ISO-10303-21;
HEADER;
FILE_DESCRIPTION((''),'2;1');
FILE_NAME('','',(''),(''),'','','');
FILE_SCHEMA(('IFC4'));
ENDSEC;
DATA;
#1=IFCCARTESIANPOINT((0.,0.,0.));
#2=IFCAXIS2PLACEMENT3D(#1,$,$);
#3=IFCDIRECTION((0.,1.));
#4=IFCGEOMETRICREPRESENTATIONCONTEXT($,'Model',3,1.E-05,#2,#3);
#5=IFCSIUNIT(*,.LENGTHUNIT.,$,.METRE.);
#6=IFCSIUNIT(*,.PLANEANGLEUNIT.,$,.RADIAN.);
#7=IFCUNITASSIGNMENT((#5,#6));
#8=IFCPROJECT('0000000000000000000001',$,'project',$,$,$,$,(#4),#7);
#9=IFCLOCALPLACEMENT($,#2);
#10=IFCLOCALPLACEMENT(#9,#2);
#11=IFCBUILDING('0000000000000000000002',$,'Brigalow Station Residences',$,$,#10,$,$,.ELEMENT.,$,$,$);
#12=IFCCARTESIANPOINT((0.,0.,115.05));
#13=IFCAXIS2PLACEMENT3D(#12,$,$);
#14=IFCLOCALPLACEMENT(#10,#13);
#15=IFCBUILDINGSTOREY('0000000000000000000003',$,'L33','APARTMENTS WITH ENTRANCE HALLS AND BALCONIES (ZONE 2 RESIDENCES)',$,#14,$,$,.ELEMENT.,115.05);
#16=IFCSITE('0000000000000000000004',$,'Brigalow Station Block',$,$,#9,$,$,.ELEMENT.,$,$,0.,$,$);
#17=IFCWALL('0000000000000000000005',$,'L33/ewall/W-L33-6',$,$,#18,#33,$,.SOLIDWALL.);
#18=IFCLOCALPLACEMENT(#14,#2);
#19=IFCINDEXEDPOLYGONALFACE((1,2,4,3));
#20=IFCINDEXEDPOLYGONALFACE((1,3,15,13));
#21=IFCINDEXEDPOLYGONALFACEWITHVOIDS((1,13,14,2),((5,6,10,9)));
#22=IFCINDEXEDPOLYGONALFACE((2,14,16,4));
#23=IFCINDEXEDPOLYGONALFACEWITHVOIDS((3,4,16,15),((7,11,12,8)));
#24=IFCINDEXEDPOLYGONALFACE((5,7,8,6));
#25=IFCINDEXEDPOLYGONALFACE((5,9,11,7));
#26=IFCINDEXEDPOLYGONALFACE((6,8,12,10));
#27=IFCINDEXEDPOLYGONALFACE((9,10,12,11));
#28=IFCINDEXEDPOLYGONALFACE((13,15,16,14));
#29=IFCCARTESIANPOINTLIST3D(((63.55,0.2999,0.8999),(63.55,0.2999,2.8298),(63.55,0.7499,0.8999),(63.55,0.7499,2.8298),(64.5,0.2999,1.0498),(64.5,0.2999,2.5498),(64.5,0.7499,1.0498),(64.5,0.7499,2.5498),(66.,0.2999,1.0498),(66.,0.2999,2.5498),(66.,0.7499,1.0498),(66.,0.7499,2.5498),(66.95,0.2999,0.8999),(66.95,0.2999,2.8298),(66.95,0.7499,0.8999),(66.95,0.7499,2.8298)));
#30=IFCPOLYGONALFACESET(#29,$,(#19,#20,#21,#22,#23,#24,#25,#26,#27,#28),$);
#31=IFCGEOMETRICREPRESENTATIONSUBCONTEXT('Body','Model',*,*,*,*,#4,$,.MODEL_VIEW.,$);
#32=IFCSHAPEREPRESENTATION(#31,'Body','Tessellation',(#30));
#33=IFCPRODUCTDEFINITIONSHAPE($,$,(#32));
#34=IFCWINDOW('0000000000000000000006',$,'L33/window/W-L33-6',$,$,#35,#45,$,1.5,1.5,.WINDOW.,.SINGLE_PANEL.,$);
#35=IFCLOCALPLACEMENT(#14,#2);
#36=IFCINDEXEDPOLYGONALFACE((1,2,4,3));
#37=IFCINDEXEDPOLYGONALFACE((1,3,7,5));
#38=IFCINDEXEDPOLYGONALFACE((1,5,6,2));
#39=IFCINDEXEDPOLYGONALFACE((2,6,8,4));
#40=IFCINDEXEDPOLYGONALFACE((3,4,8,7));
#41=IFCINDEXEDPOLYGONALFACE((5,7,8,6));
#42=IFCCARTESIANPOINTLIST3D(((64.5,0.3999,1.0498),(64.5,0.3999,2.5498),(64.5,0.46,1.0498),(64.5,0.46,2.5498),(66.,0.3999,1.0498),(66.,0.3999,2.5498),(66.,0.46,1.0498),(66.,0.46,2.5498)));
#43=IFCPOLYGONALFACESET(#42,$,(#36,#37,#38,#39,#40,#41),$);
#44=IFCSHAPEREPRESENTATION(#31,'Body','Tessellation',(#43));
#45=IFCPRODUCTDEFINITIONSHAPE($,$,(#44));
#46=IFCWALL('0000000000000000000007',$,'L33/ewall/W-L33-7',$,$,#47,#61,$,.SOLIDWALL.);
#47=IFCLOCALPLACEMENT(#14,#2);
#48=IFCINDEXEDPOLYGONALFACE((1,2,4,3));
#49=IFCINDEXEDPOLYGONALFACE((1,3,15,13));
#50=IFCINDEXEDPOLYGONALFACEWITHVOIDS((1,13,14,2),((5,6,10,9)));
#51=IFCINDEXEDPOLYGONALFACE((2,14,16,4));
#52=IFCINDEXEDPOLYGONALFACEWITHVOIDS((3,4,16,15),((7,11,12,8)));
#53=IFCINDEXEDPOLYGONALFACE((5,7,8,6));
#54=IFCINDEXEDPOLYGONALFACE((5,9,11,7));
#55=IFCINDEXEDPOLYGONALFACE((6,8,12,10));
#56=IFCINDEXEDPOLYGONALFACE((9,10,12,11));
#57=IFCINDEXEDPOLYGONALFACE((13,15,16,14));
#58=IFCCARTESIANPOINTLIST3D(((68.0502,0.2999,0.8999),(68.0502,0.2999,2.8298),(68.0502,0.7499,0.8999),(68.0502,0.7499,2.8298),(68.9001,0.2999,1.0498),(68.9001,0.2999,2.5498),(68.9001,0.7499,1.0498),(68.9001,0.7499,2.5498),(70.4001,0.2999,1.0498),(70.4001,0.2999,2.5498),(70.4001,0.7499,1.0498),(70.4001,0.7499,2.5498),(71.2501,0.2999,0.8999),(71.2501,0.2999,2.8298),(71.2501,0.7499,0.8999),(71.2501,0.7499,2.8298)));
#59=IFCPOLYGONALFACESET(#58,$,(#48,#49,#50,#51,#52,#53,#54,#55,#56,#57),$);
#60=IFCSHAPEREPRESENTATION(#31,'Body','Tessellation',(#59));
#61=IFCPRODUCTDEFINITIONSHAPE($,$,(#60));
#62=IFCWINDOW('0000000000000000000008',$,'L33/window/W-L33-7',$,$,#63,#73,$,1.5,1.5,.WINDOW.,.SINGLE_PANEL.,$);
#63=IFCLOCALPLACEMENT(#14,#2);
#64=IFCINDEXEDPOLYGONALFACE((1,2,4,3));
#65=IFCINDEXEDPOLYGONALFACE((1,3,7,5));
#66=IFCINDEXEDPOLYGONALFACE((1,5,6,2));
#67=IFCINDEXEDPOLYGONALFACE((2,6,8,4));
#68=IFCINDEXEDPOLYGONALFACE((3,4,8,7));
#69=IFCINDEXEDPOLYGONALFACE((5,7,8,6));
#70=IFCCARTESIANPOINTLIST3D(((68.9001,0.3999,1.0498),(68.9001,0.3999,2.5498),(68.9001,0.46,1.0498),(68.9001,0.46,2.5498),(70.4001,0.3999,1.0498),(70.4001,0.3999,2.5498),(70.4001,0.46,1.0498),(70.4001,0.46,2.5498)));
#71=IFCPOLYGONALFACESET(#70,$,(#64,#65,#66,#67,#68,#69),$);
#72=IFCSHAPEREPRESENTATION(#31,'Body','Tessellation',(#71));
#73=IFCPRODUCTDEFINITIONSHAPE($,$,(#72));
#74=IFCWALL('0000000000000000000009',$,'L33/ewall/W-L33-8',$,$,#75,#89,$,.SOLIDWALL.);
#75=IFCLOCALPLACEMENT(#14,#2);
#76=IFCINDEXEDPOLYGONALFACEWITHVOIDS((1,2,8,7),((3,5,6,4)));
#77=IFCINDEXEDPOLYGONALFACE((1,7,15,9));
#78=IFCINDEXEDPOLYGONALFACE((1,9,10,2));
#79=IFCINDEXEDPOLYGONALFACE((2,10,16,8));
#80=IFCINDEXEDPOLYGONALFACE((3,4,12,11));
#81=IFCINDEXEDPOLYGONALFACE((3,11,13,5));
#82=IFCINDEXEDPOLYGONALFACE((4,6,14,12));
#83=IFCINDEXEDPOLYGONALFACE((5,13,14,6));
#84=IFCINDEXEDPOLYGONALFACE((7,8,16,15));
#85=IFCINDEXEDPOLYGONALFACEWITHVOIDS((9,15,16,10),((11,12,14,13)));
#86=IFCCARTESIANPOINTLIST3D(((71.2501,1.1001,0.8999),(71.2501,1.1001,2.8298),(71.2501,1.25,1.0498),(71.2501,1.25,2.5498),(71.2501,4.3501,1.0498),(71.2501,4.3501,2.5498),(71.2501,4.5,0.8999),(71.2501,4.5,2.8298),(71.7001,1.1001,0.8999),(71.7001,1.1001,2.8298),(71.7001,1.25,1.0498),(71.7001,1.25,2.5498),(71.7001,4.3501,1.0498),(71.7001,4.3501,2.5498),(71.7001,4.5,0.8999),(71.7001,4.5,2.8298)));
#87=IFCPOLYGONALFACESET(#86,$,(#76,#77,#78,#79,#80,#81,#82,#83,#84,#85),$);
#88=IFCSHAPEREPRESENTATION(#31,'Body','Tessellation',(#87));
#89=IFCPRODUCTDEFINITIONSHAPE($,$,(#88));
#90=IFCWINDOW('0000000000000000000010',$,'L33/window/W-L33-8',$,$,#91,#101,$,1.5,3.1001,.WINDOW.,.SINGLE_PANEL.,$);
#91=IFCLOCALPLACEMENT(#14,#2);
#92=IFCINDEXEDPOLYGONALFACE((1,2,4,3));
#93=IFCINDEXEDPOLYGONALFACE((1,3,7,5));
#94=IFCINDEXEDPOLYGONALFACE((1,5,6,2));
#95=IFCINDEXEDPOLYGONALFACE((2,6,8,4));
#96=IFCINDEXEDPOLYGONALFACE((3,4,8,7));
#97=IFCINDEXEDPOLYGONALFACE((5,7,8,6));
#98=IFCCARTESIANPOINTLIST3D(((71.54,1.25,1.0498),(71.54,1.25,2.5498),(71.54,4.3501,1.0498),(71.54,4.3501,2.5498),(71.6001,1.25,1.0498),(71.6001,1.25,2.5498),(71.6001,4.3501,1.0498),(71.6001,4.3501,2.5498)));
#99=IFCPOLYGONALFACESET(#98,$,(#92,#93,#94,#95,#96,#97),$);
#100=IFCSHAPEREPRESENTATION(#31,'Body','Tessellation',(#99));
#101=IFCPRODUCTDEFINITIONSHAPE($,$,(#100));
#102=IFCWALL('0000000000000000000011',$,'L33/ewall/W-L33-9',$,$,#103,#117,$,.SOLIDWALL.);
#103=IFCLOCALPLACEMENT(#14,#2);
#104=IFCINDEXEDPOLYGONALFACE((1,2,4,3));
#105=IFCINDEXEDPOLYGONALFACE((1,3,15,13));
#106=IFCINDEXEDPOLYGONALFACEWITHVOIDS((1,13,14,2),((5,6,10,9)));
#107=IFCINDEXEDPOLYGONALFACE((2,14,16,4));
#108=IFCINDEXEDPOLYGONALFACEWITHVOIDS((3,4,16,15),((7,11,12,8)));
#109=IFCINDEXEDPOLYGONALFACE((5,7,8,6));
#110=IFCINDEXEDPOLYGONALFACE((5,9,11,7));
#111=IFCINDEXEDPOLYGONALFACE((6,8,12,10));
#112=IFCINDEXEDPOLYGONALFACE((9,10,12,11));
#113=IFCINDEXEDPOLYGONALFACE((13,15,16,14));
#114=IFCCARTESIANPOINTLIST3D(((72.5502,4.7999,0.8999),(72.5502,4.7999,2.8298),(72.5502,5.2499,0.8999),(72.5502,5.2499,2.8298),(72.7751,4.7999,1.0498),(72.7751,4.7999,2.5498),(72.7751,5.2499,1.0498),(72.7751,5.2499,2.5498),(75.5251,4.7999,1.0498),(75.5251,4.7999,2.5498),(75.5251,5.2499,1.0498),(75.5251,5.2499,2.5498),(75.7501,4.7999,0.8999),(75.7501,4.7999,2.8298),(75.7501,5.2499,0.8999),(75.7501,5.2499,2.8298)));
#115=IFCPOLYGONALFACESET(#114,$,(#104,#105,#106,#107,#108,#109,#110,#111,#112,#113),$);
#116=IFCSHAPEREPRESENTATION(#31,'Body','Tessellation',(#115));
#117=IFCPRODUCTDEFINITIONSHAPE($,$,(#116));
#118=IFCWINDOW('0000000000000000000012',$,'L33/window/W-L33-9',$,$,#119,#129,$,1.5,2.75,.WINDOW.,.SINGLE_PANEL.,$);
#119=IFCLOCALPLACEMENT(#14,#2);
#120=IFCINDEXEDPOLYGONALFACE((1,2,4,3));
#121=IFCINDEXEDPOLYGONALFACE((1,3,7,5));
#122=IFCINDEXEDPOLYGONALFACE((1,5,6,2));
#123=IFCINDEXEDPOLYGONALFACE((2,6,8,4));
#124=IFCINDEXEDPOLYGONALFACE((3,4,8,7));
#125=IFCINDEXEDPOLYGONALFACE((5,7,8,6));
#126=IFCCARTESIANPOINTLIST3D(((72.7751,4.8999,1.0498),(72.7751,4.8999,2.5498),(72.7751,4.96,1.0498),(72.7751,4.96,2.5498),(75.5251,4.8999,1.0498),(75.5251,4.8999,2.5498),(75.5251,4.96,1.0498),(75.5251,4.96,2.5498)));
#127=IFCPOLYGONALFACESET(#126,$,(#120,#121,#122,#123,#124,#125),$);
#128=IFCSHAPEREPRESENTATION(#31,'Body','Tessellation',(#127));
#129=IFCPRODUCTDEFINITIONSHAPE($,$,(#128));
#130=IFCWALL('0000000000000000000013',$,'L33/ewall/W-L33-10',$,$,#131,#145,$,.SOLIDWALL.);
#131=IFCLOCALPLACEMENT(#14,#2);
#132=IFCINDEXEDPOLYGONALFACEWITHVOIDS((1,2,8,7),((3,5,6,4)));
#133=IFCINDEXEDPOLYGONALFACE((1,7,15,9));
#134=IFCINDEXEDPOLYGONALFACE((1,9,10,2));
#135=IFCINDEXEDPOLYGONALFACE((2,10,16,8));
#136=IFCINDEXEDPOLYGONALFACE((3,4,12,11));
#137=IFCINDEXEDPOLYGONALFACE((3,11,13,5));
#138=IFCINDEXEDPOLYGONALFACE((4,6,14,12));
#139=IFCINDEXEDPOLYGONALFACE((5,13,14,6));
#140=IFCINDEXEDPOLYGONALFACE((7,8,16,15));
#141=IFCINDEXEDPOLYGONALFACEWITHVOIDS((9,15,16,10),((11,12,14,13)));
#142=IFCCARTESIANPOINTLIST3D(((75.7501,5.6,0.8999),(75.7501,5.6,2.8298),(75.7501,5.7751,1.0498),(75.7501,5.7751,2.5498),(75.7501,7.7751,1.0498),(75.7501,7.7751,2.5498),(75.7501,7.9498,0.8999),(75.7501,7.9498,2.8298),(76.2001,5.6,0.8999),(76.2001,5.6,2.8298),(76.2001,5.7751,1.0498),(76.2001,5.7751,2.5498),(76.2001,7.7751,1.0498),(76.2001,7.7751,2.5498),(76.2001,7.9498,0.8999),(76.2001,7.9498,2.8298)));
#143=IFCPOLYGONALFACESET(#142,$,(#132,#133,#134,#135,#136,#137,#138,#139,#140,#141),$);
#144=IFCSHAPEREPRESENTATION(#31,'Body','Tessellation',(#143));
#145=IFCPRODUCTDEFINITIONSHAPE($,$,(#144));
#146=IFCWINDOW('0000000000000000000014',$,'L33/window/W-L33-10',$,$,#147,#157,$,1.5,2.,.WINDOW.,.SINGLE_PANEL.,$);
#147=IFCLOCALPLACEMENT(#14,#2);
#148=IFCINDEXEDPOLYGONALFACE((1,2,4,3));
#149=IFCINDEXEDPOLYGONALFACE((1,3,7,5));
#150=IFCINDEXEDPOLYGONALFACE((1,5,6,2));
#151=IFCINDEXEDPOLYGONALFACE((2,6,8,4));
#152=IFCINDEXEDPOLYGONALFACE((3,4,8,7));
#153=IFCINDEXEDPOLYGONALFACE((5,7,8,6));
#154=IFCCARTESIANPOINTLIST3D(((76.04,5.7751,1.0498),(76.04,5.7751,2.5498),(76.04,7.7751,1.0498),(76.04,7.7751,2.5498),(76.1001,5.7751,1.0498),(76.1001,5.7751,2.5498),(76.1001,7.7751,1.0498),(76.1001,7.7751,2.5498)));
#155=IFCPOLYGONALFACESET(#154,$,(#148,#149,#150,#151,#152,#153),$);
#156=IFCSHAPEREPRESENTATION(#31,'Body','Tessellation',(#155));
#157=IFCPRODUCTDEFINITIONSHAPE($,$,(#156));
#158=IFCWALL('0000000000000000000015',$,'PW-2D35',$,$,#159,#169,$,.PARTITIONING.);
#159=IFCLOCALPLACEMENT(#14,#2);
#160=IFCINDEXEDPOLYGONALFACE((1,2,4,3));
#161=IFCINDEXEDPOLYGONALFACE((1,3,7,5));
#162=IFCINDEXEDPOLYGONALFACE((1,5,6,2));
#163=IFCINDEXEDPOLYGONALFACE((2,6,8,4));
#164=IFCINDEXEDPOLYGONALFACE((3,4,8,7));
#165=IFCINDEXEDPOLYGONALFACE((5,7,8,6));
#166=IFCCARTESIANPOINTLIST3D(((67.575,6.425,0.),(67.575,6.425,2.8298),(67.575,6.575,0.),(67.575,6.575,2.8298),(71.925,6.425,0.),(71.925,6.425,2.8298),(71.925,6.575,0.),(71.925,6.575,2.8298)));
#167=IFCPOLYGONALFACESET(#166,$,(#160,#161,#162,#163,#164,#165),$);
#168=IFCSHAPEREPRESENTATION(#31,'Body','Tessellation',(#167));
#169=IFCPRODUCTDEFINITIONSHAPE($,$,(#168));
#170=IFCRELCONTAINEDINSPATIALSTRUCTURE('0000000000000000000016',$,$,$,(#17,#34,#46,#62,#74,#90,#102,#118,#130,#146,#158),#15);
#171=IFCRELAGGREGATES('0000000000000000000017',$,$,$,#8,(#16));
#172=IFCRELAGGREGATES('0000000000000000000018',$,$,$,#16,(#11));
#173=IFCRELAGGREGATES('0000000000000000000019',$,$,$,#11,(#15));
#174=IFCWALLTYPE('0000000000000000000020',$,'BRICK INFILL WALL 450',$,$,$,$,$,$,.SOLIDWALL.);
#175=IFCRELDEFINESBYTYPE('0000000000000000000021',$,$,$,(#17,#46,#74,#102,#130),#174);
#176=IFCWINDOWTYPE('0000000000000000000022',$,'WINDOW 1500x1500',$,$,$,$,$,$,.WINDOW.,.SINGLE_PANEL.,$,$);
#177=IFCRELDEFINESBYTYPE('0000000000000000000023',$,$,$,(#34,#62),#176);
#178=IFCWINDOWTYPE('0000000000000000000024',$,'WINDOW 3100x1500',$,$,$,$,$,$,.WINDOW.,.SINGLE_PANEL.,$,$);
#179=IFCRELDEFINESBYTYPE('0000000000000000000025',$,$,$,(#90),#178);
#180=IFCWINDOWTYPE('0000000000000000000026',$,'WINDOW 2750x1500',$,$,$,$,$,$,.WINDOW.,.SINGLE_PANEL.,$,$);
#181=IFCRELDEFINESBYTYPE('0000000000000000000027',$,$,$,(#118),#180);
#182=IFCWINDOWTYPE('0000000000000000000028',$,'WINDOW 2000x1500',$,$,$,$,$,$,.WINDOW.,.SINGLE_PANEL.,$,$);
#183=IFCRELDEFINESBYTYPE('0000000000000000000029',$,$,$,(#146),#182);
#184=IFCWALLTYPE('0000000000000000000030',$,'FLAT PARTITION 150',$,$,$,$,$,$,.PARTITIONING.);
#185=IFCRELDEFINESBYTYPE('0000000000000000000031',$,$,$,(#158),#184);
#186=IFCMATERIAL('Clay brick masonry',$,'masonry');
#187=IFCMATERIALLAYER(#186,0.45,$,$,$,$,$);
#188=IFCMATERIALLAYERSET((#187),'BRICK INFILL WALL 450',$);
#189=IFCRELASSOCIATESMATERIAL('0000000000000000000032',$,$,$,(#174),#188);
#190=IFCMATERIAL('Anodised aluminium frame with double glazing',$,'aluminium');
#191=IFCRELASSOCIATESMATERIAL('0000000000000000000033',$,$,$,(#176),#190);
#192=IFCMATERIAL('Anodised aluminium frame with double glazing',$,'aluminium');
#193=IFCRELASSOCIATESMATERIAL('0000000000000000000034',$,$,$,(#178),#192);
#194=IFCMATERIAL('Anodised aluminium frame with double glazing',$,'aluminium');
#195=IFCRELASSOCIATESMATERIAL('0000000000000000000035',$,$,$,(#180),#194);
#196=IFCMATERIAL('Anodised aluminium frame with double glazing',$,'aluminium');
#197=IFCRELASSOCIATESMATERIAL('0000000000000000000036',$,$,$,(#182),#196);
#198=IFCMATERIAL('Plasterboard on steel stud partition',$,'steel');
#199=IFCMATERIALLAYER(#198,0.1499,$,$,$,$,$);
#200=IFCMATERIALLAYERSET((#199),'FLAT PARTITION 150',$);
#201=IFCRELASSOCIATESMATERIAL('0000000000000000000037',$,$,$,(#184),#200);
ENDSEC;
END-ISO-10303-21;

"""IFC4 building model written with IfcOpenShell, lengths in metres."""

from ifc_helpers import new_model, si_unit, direction, frame, frame_2d, origin, place, context, subcontext, project, spatial, rectangle, extrude, material, layer, layer_set, type_object, element, fill, save


model = new_model("IFC4")

# Units and contexts
model_context = context("Model", 3, precision=1e-05, world=origin(), true_north=direction((0.0, 1.0)))
body_context = subcontext(model_context, "Body", "Model", "MODEL_VIEW")
ifc_project = project(units=[si_unit("LENGTHUNIT", "METRE"), si_unit("PLANEANGLEUNIT", "RADIAN")], contexts=[model_context])

# Site, building, storey
site_placement = place(None, origin())
site = spatial("IfcSite", under=ifc_project, at=site_placement, Name="Brigalow Station Block", CompositionType="ELEMENT", RefElevation=0.0)
building_placement = place(site_placement, origin())
building = spatial("IfcBuilding", under=site, at=building_placement, Name="Brigalow Station Residences", CompositionType="ELEMENT")
storey_placement = place(building_placement, frame((0.0, 0.0, 115.05)))
storey = spatial("IfcBuildingStorey", under=building, at=storey_placement, Name="L33", Description="APARTMENTS WITH ENTRANCE HALLS AND BALCONIES (ZONE 2 RESIDENCES)", CompositionType="ELEMENT", Elevation=115.05)

# Walls, openings, windows
ifc_material_1 = material(Name="Clay brick masonry", Category="masonry")
ifc_layer_1 = layer(ifc_material_1, 0.45)
ifc_layer_set_1 = layer_set([ifc_layer_1], Name="BRICK INFILL WALL 450")
wall_type_1 = type_object("IfcWallType", Name="BRICK INFILL WALL 450", PredefinedType="SOLIDWALL", material=ifc_layer_set_1)
ifc_material_2 = material(Name="Anodised aluminium frame with double glazing", Category="aluminium")
window_type_1 = type_object("IfcWindowType", Name="WINDOW 1500x1500", PartitioningType="SINGLE_PANEL", PredefinedType="WINDOW", material=ifc_material_2)
wall_1_placement = place(storey_placement, frame((63.55, 0.5249, 0.8999), z_axis=(0.0, 0.0, 1.0), x_axis=(1.0, 0.0, 0.0)))
wall_1 = element("IfcWall", 1, at=wall_1_placement, inside=storey, type_object=wall_type_1, Name="L33/ewall/W-L33-6", PredefinedType="SOLIDWALL", context=body_context, shape_type="SweptSolid", body=[
    extrude(rectangle(XDim=3.3999, YDim=0.45, at=frame_2d((1.7, 0.0))), origin(), (0.0, 0.0, 1.0), 1.9299),
])
opening_1_placement = place(wall_1_placement, frame((0.95, 0.0, 0.1499)))
opening_1 = element("IfcOpeningElement", 2, at=opening_1_placement, cuts=wall_1, PredefinedType="OPENING", context=body_context, shape_type="SweptSolid", body=[
    extrude(rectangle(XDim=1.5, YDim=1.5, at=frame_2d((0.75, 0.75))), frame((0.0, 0.2349, 0.0), z_axis=(0.0, -1.0, 0.0), x_axis=(1.0, 0.0, 0.0)), (0.0, 0.0, 1.0), 0.47),
])
window_1_placement = place(opening_1_placement, origin())
window_1 = element("IfcWindow", 3, at=window_1_placement, inside=storey, type_object=window_type_1, Name="L33/window/W-L33-6", OverallHeight=1.5, OverallWidth=1.5, PartitioningType="SINGLE_PANEL", PredefinedType="WINDOW", context=body_context, shape_type="SweptSolid", body=[
    extrude(rectangle(XDim=1.5, YDim=1.5, at=frame_2d((0.75, 0.75))), frame((0.0, -0.0649, 0.0), z_axis=(0.0, -1.0, 0.0), x_axis=(1.0, 0.0, 0.0)), (0.0, 0.0, 1.0), 0.0601),
])
fill(opening_1, window_1)
wall_2_placement = place(storey_placement, frame((68.05, 0.5249, 0.8999), z_axis=(0.0, 0.0, 1.0), x_axis=(1.0, 0.0, 0.0)))
wall_2 = element("IfcWall", 4, at=wall_2_placement, inside=storey, type_object=wall_type_1, Name="L33/ewall/W-L33-7", PredefinedType="SOLIDWALL", context=body_context, shape_type="SweptSolid", body=[
    extrude(rectangle(XDim=3.2, YDim=0.45, at=frame_2d((1.6001, 0.0))), origin(), (0.0, 0.0, 1.0), 1.9299),
])
opening_2_placement = place(wall_2_placement, frame((0.8501, 0.0, 0.1499)))
opening_2 = element("IfcOpeningElement", 5, at=opening_2_placement, cuts=wall_2, PredefinedType="OPENING", context=body_context, shape_type="SweptSolid", body=[
    extrude(rectangle(XDim=1.5, YDim=1.5, at=frame_2d((0.75, 0.75))), frame((0.0, 0.2349, 0.0), z_axis=(0.0, -1.0, 0.0), x_axis=(1.0, 0.0, 0.0)), (0.0, 0.0, 1.0), 0.47),
])
window_2_placement = place(opening_2_placement, origin())
window_2 = element("IfcWindow", 6, at=window_2_placement, inside=storey, type_object=window_type_1, Name="L33/window/W-L33-7", OverallHeight=1.5, OverallWidth=1.5, PartitioningType="SINGLE_PANEL", PredefinedType="WINDOW", context=body_context, shape_type="SweptSolid", body=[
    extrude(rectangle(XDim=1.5, YDim=1.5, at=frame_2d((0.75, 0.75))), frame((0.0, -0.0649, 0.0), z_axis=(0.0, -1.0, 0.0), x_axis=(1.0, 0.0, 0.0)), (0.0, 0.0, 1.0), 0.0601),
])
fill(opening_2, window_2)
wall_3_placement = place(storey_placement, frame((71.4751, 1.1001, 0.8999), z_axis=(0.0, 0.0, 1.0), x_axis=(0.0, 1.0, 0.0)))
wall_3 = element("IfcWall", 7, at=wall_3_placement, inside=storey, type_object=wall_type_1, Name="L33/ewall/W-L33-8", PredefinedType="SOLIDWALL", context=body_context, shape_type="SweptSolid", body=[
    extrude(rectangle(XDim=3.3999, YDim=0.45, at=frame_2d((1.7, 0.0))), origin(), (0.0, 0.0, 1.0), 1.9299),
])
opening_3_placement = place(wall_3_placement, frame((0.1499, 0.0, 0.1499)))
opening_3 = element("IfcOpeningElement", 8, at=opening_3_placement, cuts=wall_3, PredefinedType="OPENING", context=body_context, shape_type="SweptSolid", body=[
    extrude(rectangle(XDim=3.1001, YDim=1.5, at=frame_2d((1.55, 0.75))), frame((0.0, 0.2349, 0.0), z_axis=(0.0, -1.0, 0.0), x_axis=(1.0, 0.0, 0.0)), (0.0, 0.0, 1.0), 0.47),
])
ifc_material_3 = material(Name="Anodised aluminium frame with double glazing", Category="aluminium")
window_type_2 = type_object("IfcWindowType", Name="WINDOW 3100x1500", PartitioningType="SINGLE_PANEL", PredefinedType="WINDOW", material=ifc_material_3)
window_3_placement = place(opening_3_placement, origin())
window_3 = element("IfcWindow", 9, at=window_3_placement, inside=storey, type_object=window_type_2, Name="L33/window/W-L33-8", OverallHeight=1.5, OverallWidth=3.1001, PartitioningType="SINGLE_PANEL", PredefinedType="WINDOW", context=body_context, shape_type="SweptSolid", body=[
    extrude(rectangle(XDim=3.1001, YDim=1.5, at=frame_2d((1.55, 0.75))), frame((0.0, -0.0649, 0.0), z_axis=(0.0, -1.0, 0.0), x_axis=(1.0, 0.0, 0.0)), (0.0, 0.0, 1.0), 0.0601),
])
fill(opening_3, window_3)
wall_4_placement = place(storey_placement, frame((72.55, 5.0249, 0.8999), z_axis=(0.0, 0.0, 1.0), x_axis=(1.0, 0.0, 0.0)))
wall_4 = element("IfcWall", 10, at=wall_4_placement, inside=storey, type_object=wall_type_1, Name="L33/ewall/W-L33-9", PredefinedType="SOLIDWALL", context=body_context, shape_type="SweptSolid", body=[
    extrude(rectangle(XDim=3.2, YDim=0.45, at=frame_2d((1.6001, 0.0))), origin(), (0.0, 0.0, 1.0), 1.9299),
])
opening_4_placement = place(wall_4_placement, frame((0.2251, 0.0, 0.1499)))
opening_4 = element("IfcOpeningElement", 11, at=opening_4_placement, cuts=wall_4, PredefinedType="OPENING", context=body_context, shape_type="SweptSolid", body=[
    extrude(rectangle(XDim=2.75, YDim=1.5, at=frame_2d((1.375, 0.75))), frame((0.0, 0.2349, 0.0), z_axis=(0.0, -1.0, 0.0), x_axis=(1.0, 0.0, 0.0)), (0.0, 0.0, 1.0), 0.47),
])
ifc_material_4 = material(Name="Anodised aluminium frame with double glazing", Category="aluminium")
window_type_3 = type_object("IfcWindowType", Name="WINDOW 2750x1500", PartitioningType="SINGLE_PANEL", PredefinedType="WINDOW", material=ifc_material_4)
window_4_placement = place(opening_4_placement, origin())
window_4 = element("IfcWindow", 12, at=window_4_placement, inside=storey, type_object=window_type_3, Name="L33/window/W-L33-9", OverallHeight=1.5, OverallWidth=2.75, PartitioningType="SINGLE_PANEL", PredefinedType="WINDOW", context=body_context, shape_type="SweptSolid", body=[
    extrude(rectangle(XDim=2.75, YDim=1.5, at=frame_2d((1.375, 0.75))), frame((0.0, -0.0649, 0.0), z_axis=(0.0, -1.0, 0.0), x_axis=(1.0, 0.0, 0.0)), (0.0, 0.0, 1.0), 0.0601),
])
fill(opening_4, window_4)
wall_5_placement = place(storey_placement, frame((75.9751, 5.6001, 0.8999), z_axis=(0.0, 0.0, 1.0), x_axis=(0.0, 1.0, 0.0)))
wall_5 = element("IfcWall", 13, at=wall_5_placement, inside=storey, type_object=wall_type_1, Name="L33/ewall/W-L33-10", PredefinedType="SOLIDWALL", context=body_context, shape_type="SweptSolid", body=[
    extrude(rectangle(XDim=2.3499, YDim=0.45, at=frame_2d((1.1748, 0.0))), origin(), (0.0, 0.0, 1.0), 1.9299),
])
opening_5_placement = place(wall_5_placement, frame((0.175, 0.0, 0.1499)))
opening_5 = element("IfcOpeningElement", 14, at=opening_5_placement, cuts=wall_5, PredefinedType="OPENING", context=body_context, shape_type="SweptSolid", body=[
    extrude(rectangle(XDim=2.0, YDim=1.5, at=frame_2d((1.0, 0.75))), frame((0.0, 0.2349, 0.0), z_axis=(0.0, -1.0, 0.0), x_axis=(1.0, 0.0, 0.0)), (0.0, 0.0, 1.0), 0.47),
])
ifc_material_5 = material(Name="Anodised aluminium frame with double glazing", Category="aluminium")
window_type_4 = type_object("IfcWindowType", Name="WINDOW 2000x1500", PartitioningType="SINGLE_PANEL", PredefinedType="WINDOW", material=ifc_material_5)
window_5_placement = place(opening_5_placement, origin())
window_5 = element("IfcWindow", 15, at=window_5_placement, inside=storey, type_object=window_type_4, Name="L33/window/W-L33-10", OverallHeight=1.5, OverallWidth=2.0, PartitioningType="SINGLE_PANEL", PredefinedType="WINDOW", context=body_context, shape_type="SweptSolid", body=[
    extrude(rectangle(XDim=2.0, YDim=1.5, at=frame_2d((1.0, 0.75))), frame((0.0, -0.0649, 0.0), z_axis=(0.0, -1.0, 0.0), x_axis=(1.0, 0.0, 0.0)), (0.0, 0.0, 1.0), 0.0601),
])
fill(opening_5, window_5)

# Wall
ifc_material_6 = material(Name="Plasterboard on steel stud partition", Category="steel")
ifc_layer_2 = layer(ifc_material_6, 0.1499)
ifc_layer_set_2 = layer_set([ifc_layer_2], Name="FLAT PARTITION 150")
wall_type_2 = type_object("IfcWallType", Name="FLAT PARTITION 150", PredefinedType="PARTITIONING", material=ifc_layer_set_2)
wall_6_placement = place(storey_placement, frame((67.575, 6.5, 0.0), z_axis=(0.0, 0.0, 1.0), x_axis=(1.0, 0.0, 0.0)))
element("IfcWall", 16, at=wall_6_placement, inside=storey, type_object=wall_type_2, Name="PW-2D35", PredefinedType="PARTITIONING", context=body_context, shape_type="SweptSolid", body=[
    extrude(rectangle(XDim=4.3501, YDim=0.1499, at=frame_2d((2.175, 0.0))), origin(), (0.0, 0.0, 1.0), 2.8298),
])

save(model, "model.ifc")
